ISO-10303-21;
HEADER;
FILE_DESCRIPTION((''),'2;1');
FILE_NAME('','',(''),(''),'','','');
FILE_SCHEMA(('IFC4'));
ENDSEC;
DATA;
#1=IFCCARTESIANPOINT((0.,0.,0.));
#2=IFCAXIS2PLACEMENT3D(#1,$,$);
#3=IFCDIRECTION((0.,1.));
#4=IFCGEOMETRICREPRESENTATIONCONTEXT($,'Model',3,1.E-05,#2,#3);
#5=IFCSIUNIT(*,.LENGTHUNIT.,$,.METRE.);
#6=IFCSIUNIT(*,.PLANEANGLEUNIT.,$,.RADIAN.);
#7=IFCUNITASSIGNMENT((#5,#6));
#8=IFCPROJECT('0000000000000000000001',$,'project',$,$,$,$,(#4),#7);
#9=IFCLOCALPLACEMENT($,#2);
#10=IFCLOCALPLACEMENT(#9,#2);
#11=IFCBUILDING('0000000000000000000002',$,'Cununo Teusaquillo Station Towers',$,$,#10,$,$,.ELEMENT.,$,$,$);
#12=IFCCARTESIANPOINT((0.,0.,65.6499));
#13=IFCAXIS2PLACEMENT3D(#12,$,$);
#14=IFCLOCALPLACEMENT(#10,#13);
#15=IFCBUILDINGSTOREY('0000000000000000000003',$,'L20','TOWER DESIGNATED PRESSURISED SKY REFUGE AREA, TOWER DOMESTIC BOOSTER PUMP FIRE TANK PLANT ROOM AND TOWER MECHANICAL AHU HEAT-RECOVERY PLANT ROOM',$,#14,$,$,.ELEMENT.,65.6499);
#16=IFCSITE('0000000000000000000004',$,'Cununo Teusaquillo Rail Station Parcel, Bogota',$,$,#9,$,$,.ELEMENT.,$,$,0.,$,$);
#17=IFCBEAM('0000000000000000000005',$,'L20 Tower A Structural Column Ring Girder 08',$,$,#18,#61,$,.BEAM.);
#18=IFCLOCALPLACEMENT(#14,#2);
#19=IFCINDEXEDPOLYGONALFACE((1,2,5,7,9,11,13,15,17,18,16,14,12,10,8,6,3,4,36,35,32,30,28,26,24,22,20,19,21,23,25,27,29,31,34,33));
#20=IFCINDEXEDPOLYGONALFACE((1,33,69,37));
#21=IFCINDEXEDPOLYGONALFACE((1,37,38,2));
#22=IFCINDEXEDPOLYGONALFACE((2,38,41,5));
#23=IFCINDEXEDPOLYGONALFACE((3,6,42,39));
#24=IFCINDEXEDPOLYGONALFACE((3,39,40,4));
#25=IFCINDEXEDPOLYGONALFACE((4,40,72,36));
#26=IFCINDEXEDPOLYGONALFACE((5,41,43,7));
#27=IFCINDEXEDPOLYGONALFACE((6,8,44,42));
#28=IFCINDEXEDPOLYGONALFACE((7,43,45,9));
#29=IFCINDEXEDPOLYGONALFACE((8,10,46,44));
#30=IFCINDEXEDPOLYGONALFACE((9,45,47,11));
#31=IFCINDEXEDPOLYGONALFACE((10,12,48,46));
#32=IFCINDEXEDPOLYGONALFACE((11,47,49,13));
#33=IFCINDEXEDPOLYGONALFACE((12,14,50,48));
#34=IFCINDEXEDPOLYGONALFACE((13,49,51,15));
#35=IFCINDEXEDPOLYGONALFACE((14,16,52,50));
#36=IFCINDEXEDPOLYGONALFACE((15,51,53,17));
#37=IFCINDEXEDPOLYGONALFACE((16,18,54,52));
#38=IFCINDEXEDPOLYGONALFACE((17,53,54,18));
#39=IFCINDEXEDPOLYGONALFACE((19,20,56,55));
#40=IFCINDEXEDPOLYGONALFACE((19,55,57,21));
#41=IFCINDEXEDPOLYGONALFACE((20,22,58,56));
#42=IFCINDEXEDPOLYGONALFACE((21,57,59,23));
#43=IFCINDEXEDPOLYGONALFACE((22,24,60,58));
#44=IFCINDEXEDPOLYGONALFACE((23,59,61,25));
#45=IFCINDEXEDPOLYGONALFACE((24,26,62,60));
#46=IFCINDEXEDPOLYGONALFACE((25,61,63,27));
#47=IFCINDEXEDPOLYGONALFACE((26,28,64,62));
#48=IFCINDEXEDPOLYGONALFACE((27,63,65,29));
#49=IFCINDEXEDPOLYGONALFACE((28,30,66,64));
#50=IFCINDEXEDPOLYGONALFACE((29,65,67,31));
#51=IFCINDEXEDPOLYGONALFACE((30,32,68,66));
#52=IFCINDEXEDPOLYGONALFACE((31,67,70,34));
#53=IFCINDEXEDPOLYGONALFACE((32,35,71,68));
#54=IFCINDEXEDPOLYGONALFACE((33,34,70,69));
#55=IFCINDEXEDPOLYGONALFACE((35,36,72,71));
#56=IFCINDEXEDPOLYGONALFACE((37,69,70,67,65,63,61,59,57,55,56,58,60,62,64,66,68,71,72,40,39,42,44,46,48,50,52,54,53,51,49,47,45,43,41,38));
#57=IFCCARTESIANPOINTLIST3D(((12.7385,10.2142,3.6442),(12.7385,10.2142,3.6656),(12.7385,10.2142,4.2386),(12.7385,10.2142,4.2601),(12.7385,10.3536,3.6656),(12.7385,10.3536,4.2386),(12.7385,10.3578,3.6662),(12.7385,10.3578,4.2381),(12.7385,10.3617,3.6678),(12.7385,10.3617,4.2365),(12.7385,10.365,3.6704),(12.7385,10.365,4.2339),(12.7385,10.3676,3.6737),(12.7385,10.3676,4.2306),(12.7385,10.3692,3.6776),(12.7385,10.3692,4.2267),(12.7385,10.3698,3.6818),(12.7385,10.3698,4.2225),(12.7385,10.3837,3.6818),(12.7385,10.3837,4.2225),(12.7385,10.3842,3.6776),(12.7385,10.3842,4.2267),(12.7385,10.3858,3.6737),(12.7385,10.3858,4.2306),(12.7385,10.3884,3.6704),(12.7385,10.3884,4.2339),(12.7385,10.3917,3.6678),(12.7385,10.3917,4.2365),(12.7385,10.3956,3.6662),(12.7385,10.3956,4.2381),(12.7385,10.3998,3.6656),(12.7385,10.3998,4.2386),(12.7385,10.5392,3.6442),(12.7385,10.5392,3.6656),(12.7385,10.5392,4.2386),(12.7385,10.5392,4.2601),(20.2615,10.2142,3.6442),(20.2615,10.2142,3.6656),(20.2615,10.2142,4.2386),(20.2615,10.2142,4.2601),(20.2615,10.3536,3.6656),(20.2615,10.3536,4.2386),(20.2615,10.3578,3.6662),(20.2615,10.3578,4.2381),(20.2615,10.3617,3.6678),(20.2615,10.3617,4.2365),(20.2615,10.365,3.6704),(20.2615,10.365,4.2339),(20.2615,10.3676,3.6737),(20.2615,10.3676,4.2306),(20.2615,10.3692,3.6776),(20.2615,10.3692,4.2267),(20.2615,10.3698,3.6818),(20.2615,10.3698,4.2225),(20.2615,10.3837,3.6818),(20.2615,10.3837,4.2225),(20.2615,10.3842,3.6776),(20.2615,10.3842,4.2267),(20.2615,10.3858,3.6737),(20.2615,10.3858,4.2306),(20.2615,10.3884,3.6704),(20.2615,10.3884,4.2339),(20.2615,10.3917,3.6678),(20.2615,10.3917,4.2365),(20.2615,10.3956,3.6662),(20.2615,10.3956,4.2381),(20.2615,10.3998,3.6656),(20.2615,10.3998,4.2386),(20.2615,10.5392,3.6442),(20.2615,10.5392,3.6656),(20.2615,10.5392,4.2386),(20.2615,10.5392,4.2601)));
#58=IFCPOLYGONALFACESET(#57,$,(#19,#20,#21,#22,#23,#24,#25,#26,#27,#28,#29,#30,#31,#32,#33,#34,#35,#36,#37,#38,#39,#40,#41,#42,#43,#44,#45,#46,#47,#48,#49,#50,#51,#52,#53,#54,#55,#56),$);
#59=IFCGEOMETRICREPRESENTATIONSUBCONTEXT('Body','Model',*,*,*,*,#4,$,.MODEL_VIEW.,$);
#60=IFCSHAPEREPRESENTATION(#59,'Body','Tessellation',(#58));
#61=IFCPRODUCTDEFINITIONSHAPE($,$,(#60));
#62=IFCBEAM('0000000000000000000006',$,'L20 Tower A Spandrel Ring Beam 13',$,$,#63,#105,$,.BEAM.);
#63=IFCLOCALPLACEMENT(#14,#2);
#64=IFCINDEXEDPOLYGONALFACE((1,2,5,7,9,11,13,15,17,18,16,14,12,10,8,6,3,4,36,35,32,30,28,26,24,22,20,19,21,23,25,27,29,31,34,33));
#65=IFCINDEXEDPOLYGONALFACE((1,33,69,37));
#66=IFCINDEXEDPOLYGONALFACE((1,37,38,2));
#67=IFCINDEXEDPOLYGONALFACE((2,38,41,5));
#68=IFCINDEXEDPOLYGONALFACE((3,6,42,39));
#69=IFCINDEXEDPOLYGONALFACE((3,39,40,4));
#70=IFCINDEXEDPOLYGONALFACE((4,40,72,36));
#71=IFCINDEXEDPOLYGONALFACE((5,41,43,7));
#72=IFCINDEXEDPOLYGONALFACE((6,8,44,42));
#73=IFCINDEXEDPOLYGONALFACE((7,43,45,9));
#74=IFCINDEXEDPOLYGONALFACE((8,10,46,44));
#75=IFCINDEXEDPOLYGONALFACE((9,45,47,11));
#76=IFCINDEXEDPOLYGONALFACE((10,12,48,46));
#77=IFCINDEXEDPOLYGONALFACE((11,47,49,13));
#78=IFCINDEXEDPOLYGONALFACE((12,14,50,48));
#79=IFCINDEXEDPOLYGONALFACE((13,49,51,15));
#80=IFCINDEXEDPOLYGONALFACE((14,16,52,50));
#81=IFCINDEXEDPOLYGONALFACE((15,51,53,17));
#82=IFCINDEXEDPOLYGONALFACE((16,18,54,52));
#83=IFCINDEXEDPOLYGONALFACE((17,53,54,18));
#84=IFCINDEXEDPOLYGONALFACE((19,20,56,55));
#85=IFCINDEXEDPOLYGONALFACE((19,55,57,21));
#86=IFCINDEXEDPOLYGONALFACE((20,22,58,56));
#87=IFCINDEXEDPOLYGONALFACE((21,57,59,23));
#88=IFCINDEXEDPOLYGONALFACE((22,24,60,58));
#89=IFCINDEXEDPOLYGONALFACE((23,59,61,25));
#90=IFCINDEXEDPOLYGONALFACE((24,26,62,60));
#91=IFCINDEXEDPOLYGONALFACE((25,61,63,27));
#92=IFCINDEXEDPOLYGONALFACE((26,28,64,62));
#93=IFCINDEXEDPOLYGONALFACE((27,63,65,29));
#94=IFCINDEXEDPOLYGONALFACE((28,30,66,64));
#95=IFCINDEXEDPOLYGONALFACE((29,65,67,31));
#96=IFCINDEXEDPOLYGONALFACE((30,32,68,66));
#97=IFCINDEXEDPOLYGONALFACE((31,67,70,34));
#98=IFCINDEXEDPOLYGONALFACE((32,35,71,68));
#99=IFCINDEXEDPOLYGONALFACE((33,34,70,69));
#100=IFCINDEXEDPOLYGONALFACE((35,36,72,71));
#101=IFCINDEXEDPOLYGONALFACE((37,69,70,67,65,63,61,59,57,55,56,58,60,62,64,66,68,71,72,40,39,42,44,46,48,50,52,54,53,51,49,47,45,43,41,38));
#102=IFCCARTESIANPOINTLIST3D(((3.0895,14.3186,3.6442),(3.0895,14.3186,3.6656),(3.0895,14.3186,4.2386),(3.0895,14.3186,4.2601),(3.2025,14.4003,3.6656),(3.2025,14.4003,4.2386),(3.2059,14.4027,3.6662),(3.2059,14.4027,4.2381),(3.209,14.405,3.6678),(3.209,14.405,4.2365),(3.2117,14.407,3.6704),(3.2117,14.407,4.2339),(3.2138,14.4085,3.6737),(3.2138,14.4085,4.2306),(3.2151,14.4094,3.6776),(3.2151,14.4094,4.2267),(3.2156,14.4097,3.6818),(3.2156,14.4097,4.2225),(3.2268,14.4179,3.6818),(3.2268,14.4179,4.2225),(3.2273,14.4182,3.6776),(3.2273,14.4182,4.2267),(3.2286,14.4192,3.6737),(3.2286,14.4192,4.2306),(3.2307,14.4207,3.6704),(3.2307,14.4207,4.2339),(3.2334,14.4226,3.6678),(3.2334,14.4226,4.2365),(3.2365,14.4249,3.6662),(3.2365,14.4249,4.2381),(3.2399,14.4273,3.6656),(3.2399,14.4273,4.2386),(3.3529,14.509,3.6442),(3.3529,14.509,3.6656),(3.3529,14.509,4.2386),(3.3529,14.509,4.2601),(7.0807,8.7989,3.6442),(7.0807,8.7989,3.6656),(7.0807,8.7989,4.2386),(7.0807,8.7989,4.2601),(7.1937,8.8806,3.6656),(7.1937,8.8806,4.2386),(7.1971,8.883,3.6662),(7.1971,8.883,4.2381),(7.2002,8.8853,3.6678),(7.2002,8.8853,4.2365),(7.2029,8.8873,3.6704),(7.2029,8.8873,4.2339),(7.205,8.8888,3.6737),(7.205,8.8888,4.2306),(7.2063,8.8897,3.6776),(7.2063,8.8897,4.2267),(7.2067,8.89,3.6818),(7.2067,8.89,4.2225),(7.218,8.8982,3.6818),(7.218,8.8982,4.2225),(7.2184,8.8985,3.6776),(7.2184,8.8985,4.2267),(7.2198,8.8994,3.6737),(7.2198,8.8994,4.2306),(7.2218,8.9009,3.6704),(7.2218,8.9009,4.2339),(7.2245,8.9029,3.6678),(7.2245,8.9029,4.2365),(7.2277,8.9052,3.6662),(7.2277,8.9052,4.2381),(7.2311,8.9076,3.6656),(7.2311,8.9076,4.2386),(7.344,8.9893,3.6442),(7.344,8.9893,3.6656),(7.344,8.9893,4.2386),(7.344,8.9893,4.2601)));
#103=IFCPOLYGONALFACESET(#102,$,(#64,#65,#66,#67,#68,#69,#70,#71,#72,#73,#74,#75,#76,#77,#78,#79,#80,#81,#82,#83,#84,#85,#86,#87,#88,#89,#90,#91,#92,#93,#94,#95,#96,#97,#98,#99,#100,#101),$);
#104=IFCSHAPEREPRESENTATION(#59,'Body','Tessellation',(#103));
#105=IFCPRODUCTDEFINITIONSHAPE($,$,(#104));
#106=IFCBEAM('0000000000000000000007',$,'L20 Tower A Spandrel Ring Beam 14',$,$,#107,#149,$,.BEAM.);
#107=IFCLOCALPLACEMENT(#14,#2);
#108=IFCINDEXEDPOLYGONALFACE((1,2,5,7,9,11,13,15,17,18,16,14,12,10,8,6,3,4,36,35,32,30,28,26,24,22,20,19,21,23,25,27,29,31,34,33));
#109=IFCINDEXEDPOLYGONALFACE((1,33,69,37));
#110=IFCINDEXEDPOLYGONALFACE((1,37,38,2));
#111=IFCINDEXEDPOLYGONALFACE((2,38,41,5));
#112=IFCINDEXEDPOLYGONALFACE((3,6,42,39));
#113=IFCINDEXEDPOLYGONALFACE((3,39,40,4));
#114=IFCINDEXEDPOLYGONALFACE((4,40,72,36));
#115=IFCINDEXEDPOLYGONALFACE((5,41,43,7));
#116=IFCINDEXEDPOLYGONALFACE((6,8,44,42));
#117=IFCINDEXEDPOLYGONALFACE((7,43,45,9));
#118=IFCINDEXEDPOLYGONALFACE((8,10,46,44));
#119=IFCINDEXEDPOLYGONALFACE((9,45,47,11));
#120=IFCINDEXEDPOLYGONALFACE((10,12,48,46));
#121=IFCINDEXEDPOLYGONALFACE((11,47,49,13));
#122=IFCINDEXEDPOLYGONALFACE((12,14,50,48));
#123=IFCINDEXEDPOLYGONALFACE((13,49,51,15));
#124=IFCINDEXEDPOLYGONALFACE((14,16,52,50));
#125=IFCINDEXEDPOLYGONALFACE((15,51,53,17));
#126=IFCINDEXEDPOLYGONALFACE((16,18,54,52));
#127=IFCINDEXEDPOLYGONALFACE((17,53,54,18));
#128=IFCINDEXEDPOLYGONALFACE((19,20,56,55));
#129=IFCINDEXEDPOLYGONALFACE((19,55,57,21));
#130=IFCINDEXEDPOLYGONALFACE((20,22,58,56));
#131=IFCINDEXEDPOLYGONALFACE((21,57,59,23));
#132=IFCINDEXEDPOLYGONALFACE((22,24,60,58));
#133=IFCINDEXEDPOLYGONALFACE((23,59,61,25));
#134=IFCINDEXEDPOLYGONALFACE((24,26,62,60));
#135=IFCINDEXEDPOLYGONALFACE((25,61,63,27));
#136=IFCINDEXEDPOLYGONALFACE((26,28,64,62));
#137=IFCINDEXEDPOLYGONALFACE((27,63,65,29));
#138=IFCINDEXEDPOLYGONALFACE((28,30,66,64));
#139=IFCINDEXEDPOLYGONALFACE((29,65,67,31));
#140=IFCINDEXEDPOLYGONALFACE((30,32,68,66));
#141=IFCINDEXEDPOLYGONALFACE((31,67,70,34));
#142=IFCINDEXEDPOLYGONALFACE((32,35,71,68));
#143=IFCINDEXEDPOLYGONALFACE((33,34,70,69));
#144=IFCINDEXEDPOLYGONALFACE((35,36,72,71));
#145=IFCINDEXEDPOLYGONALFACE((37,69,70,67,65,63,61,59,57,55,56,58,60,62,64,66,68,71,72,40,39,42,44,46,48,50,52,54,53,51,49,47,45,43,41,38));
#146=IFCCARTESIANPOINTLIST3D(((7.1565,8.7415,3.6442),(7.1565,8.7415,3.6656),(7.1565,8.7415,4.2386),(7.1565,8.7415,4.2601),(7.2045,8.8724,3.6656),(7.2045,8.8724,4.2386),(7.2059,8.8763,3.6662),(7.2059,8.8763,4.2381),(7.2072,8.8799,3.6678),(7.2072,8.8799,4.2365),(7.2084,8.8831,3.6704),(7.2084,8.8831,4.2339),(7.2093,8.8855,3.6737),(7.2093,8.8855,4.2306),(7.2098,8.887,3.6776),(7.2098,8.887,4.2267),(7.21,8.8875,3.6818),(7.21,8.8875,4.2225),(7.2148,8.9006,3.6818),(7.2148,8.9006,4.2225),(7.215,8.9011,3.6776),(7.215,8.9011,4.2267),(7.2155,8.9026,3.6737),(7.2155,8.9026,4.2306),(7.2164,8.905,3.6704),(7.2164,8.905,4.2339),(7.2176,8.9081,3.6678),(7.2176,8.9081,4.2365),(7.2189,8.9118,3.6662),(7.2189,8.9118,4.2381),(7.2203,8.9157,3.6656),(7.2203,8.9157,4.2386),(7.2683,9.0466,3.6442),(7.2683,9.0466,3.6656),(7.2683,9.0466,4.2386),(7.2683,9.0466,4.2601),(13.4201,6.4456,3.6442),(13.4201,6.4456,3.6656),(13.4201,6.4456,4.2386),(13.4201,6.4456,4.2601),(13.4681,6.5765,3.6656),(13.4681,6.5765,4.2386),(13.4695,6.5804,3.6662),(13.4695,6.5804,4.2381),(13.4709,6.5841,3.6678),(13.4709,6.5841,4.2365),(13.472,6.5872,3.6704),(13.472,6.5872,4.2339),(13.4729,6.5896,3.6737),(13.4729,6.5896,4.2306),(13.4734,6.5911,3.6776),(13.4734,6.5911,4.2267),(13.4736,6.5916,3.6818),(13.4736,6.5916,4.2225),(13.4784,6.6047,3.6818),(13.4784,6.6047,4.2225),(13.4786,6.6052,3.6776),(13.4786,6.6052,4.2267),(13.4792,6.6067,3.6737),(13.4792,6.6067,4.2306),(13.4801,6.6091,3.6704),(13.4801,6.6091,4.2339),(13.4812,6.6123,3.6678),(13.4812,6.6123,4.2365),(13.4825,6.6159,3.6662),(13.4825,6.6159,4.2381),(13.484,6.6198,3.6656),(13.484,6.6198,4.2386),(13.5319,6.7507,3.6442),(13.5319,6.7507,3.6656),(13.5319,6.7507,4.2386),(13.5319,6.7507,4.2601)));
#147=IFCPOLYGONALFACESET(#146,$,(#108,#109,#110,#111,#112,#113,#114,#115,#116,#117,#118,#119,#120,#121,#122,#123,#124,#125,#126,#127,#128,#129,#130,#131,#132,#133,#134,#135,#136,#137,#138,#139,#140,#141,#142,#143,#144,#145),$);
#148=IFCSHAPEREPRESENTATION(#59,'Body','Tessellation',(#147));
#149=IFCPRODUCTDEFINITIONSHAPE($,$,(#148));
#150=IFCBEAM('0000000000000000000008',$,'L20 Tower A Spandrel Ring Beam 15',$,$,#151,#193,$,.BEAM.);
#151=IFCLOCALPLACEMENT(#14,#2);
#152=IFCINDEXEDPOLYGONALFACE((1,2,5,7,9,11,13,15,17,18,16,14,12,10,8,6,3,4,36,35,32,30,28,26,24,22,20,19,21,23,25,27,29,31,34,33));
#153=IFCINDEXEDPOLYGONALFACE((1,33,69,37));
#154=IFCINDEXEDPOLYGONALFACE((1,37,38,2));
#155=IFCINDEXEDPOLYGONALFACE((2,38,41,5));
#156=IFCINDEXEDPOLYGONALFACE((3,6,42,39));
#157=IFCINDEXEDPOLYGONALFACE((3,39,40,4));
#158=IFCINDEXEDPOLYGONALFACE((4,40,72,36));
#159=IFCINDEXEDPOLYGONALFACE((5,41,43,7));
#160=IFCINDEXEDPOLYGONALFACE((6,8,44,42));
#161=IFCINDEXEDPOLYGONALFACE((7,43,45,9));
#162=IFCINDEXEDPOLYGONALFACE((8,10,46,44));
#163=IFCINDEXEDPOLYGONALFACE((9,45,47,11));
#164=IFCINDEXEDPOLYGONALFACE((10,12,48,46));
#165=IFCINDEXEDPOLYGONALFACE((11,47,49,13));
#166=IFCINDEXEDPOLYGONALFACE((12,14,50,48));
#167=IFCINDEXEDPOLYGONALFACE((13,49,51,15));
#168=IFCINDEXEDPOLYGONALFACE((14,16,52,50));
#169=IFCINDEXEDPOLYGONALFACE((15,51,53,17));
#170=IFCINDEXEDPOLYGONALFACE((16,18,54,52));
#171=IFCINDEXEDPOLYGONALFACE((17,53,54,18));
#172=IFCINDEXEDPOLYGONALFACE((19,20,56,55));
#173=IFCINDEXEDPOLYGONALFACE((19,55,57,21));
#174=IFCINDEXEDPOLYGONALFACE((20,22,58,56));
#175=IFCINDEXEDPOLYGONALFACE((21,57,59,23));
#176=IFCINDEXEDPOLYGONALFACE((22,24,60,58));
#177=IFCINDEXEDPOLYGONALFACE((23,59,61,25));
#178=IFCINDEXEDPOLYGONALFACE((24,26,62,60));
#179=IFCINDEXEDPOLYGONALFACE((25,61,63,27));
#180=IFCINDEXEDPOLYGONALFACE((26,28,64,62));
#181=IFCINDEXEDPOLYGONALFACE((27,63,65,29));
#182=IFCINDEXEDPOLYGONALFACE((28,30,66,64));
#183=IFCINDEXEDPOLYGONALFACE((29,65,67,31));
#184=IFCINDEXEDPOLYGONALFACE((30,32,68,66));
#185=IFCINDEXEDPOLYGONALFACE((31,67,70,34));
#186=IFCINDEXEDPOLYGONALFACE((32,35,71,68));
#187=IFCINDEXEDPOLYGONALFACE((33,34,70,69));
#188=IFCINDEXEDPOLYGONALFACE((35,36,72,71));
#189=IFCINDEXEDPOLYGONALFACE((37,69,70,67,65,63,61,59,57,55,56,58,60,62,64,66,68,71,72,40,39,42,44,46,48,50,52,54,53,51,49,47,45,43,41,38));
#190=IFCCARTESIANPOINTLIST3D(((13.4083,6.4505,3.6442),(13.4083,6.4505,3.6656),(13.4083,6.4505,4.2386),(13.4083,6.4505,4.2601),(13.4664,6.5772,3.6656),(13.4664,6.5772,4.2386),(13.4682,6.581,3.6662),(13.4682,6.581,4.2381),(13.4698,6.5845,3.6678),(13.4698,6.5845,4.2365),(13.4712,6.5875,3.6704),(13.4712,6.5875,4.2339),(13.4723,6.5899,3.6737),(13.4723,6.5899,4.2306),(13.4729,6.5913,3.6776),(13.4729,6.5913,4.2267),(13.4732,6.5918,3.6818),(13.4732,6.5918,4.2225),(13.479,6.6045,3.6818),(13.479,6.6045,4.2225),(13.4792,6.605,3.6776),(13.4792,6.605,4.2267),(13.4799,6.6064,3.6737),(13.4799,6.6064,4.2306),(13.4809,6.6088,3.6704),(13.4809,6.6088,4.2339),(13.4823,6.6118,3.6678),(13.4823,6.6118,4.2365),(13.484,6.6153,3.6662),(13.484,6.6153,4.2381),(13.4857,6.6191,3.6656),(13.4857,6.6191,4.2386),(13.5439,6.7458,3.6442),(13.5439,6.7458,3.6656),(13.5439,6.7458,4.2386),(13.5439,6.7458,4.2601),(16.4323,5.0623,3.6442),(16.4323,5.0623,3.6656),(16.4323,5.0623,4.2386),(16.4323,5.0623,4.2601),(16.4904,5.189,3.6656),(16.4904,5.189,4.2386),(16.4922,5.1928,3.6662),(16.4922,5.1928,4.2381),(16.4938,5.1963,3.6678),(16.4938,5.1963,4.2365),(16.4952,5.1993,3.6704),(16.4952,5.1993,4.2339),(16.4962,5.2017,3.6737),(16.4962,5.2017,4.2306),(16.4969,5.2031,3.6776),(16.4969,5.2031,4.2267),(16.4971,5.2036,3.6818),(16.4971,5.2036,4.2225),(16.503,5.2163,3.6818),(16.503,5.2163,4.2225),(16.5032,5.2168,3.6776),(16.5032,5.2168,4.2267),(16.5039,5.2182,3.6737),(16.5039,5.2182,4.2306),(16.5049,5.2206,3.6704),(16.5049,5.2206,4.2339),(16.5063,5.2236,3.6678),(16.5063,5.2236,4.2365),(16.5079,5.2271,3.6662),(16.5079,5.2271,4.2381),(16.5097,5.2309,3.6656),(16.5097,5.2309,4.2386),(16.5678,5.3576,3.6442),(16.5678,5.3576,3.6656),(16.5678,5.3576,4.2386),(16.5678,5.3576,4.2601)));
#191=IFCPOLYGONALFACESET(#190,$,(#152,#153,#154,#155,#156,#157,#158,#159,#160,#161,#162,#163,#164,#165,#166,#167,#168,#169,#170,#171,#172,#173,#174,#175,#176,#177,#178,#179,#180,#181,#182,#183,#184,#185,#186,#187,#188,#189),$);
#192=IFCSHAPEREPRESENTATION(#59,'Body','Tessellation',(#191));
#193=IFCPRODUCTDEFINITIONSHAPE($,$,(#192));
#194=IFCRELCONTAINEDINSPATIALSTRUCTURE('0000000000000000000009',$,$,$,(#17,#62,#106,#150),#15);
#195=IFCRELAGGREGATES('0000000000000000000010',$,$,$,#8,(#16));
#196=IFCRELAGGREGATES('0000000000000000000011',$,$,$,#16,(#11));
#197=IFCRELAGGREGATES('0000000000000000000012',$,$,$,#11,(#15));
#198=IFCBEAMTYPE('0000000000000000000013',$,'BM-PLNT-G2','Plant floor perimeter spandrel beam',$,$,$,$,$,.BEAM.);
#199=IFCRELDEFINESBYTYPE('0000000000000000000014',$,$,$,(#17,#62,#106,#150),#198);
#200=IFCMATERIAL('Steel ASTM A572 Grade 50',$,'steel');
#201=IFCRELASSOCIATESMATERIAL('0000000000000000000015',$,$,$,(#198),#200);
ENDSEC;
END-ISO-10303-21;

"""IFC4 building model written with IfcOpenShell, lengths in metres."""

from ifc_helpers import new_model, si_unit, direction, frame, origin, origin_2d, place, context, subcontext, project, spatial, i_section, extrude, material, material_profile, profile_set, type_object, element, save


model = new_model("IFC4")

# Units and contexts
model_context = context("Model", 3, precision=1e-05, world=origin(), true_north=direction((0.0, 1.0)))
body_context = subcontext(model_context, "Body", "Model", "MODEL_VIEW")
ifc_project = project(units=[si_unit("LENGTHUNIT", "METRE"), si_unit("PLANEANGLEUNIT", "RADIAN")], contexts=[model_context])

# Site, building, storey
site_placement = place(None, origin())
site = spatial("IfcSite", under=ifc_project, at=site_placement, Name="Cununo Teusaquillo Rail Station Parcel, Bogota", CompositionType="ELEMENT", RefElevation=0.0)
building_placement = place(site_placement, origin())
building = spatial("IfcBuilding", under=site, at=building_placement, Name="Cununo Teusaquillo Station Towers", CompositionType="ELEMENT")
storey_placement = place(building_placement, frame((0.0, 0.0, 65.6499)))
storey = spatial("IfcBuildingStorey", under=building, at=storey_placement, Name="L20", Description="TOWER DESIGNATED PRESSURISED SKY REFUGE AREA, TOWER DOMESTIC BOOSTER PUMP FIRE TANK PLANT ROOM AND TOWER MECHANICAL AHU HEAT-RECOVERY PLANT ROOM", CompositionType="ELEMENT", Elevation=65.6499)

# Beams
ifc_material_1 = material(Name="Steel ASTM A572 Grade 50", Category="steel")
ifc_material_profile_1 = material_profile(ifc_material_1, i_section(OverallWidth=0.325, OverallDepth=0.616, WebThickness=0.0139, FlangeThickness=0.0215, FilletRadius=0.0161, at=origin_2d()), Name="W24X117")
ifc_profile_set_1 = profile_set([ifc_material_profile_1], Name="Steel ASTM A572 Grade 50")
beam_type = type_object("IfcBeamType", Name="BM-PLNT-G2", Description="Plant floor perimeter spandrel beam", PredefinedType="BEAM", material=ifc_profile_set_1)
beam_1_placement = place(storey_placement, frame((12.7385, 10.3767, 3.9521), z_axis=(1.0, 0.0, 0.0), x_axis=(0.0, 1.0, 0.0)))
element("IfcBeam", 1, at=beam_1_placement, inside=storey, type_object=beam_type, Name="L20 Tower A Structural Column Ring Girder 08", PredefinedType="BEAM", context=body_context, shape_type="SweptSolid", body=[
    extrude(i_section(OverallWidth=0.325, OverallDepth=0.616, WebThickness=0.0139, FlangeThickness=0.0215, FilletRadius=0.0161, at=origin_2d()), origin(), (0.0, 0.0, 1.0), 7.5229),
])
beam_2_placement = place(storey_placement, frame((3.2212, 14.4138, 3.9521), z_axis=(0.585945, -0.810351, 0.0), x_axis=(0.810351, 0.585945, 0.0)))
element("IfcBeam", 2, at=beam_2_placement, inside=storey, type_object=beam_type, Name="L20 Tower A Spandrel Ring Beam 13", PredefinedType="BEAM", context=body_context, shape_type="SweptSolid", body=[
    extrude(i_section(OverallWidth=0.325, OverallDepth=0.616, WebThickness=0.0139, FlangeThickness=0.0215, FilletRadius=0.0161, at=origin_2d()), origin(), (0.0, 0.0, 1.0), 6.8115),
])
beam_3_placement = place(storey_placement, frame((7.2124, 8.894, 3.9521), z_axis=(0.938914, -0.344151, 0.0), x_axis=(0.344151, 0.938914, 0.0)))
element("IfcBeam", 3, at=beam_3_placement, inside=storey, type_object=beam_type, Name="L20 Tower A Spandrel Ring Beam 14", PredefinedType="BEAM", context=body_context, shape_type="SweptSolid", body=[
    extrude(i_section(OverallWidth=0.325, OverallDepth=0.616, WebThickness=0.0139, FlangeThickness=0.0215, FilletRadius=0.0161, at=origin_2d()), origin(), (0.0, 0.0, 1.0), 6.6711),
])
beam_4_placement = place(storey_placement, frame((13.4761, 6.5981, 3.9521), z_axis=(0.908812, -0.417205, 0.0), x_axis=(0.417205, 0.908812, 0.0)))
element("IfcBeam", 4, at=beam_4_placement, inside=storey, type_object=beam_type, Name="L20 Tower A Spandrel Ring Beam 15", PredefinedType="BEAM", context=body_context, shape_type="SweptSolid", body=[
    extrude(i_section(OverallWidth=0.325, OverallDepth=0.616, WebThickness=0.0139, FlangeThickness=0.0215, FilletRadius=0.0161, at=origin_2d()), origin(), (0.0, 0.0, 1.0), 3.3274),
])

save(model, "model.ifc")
